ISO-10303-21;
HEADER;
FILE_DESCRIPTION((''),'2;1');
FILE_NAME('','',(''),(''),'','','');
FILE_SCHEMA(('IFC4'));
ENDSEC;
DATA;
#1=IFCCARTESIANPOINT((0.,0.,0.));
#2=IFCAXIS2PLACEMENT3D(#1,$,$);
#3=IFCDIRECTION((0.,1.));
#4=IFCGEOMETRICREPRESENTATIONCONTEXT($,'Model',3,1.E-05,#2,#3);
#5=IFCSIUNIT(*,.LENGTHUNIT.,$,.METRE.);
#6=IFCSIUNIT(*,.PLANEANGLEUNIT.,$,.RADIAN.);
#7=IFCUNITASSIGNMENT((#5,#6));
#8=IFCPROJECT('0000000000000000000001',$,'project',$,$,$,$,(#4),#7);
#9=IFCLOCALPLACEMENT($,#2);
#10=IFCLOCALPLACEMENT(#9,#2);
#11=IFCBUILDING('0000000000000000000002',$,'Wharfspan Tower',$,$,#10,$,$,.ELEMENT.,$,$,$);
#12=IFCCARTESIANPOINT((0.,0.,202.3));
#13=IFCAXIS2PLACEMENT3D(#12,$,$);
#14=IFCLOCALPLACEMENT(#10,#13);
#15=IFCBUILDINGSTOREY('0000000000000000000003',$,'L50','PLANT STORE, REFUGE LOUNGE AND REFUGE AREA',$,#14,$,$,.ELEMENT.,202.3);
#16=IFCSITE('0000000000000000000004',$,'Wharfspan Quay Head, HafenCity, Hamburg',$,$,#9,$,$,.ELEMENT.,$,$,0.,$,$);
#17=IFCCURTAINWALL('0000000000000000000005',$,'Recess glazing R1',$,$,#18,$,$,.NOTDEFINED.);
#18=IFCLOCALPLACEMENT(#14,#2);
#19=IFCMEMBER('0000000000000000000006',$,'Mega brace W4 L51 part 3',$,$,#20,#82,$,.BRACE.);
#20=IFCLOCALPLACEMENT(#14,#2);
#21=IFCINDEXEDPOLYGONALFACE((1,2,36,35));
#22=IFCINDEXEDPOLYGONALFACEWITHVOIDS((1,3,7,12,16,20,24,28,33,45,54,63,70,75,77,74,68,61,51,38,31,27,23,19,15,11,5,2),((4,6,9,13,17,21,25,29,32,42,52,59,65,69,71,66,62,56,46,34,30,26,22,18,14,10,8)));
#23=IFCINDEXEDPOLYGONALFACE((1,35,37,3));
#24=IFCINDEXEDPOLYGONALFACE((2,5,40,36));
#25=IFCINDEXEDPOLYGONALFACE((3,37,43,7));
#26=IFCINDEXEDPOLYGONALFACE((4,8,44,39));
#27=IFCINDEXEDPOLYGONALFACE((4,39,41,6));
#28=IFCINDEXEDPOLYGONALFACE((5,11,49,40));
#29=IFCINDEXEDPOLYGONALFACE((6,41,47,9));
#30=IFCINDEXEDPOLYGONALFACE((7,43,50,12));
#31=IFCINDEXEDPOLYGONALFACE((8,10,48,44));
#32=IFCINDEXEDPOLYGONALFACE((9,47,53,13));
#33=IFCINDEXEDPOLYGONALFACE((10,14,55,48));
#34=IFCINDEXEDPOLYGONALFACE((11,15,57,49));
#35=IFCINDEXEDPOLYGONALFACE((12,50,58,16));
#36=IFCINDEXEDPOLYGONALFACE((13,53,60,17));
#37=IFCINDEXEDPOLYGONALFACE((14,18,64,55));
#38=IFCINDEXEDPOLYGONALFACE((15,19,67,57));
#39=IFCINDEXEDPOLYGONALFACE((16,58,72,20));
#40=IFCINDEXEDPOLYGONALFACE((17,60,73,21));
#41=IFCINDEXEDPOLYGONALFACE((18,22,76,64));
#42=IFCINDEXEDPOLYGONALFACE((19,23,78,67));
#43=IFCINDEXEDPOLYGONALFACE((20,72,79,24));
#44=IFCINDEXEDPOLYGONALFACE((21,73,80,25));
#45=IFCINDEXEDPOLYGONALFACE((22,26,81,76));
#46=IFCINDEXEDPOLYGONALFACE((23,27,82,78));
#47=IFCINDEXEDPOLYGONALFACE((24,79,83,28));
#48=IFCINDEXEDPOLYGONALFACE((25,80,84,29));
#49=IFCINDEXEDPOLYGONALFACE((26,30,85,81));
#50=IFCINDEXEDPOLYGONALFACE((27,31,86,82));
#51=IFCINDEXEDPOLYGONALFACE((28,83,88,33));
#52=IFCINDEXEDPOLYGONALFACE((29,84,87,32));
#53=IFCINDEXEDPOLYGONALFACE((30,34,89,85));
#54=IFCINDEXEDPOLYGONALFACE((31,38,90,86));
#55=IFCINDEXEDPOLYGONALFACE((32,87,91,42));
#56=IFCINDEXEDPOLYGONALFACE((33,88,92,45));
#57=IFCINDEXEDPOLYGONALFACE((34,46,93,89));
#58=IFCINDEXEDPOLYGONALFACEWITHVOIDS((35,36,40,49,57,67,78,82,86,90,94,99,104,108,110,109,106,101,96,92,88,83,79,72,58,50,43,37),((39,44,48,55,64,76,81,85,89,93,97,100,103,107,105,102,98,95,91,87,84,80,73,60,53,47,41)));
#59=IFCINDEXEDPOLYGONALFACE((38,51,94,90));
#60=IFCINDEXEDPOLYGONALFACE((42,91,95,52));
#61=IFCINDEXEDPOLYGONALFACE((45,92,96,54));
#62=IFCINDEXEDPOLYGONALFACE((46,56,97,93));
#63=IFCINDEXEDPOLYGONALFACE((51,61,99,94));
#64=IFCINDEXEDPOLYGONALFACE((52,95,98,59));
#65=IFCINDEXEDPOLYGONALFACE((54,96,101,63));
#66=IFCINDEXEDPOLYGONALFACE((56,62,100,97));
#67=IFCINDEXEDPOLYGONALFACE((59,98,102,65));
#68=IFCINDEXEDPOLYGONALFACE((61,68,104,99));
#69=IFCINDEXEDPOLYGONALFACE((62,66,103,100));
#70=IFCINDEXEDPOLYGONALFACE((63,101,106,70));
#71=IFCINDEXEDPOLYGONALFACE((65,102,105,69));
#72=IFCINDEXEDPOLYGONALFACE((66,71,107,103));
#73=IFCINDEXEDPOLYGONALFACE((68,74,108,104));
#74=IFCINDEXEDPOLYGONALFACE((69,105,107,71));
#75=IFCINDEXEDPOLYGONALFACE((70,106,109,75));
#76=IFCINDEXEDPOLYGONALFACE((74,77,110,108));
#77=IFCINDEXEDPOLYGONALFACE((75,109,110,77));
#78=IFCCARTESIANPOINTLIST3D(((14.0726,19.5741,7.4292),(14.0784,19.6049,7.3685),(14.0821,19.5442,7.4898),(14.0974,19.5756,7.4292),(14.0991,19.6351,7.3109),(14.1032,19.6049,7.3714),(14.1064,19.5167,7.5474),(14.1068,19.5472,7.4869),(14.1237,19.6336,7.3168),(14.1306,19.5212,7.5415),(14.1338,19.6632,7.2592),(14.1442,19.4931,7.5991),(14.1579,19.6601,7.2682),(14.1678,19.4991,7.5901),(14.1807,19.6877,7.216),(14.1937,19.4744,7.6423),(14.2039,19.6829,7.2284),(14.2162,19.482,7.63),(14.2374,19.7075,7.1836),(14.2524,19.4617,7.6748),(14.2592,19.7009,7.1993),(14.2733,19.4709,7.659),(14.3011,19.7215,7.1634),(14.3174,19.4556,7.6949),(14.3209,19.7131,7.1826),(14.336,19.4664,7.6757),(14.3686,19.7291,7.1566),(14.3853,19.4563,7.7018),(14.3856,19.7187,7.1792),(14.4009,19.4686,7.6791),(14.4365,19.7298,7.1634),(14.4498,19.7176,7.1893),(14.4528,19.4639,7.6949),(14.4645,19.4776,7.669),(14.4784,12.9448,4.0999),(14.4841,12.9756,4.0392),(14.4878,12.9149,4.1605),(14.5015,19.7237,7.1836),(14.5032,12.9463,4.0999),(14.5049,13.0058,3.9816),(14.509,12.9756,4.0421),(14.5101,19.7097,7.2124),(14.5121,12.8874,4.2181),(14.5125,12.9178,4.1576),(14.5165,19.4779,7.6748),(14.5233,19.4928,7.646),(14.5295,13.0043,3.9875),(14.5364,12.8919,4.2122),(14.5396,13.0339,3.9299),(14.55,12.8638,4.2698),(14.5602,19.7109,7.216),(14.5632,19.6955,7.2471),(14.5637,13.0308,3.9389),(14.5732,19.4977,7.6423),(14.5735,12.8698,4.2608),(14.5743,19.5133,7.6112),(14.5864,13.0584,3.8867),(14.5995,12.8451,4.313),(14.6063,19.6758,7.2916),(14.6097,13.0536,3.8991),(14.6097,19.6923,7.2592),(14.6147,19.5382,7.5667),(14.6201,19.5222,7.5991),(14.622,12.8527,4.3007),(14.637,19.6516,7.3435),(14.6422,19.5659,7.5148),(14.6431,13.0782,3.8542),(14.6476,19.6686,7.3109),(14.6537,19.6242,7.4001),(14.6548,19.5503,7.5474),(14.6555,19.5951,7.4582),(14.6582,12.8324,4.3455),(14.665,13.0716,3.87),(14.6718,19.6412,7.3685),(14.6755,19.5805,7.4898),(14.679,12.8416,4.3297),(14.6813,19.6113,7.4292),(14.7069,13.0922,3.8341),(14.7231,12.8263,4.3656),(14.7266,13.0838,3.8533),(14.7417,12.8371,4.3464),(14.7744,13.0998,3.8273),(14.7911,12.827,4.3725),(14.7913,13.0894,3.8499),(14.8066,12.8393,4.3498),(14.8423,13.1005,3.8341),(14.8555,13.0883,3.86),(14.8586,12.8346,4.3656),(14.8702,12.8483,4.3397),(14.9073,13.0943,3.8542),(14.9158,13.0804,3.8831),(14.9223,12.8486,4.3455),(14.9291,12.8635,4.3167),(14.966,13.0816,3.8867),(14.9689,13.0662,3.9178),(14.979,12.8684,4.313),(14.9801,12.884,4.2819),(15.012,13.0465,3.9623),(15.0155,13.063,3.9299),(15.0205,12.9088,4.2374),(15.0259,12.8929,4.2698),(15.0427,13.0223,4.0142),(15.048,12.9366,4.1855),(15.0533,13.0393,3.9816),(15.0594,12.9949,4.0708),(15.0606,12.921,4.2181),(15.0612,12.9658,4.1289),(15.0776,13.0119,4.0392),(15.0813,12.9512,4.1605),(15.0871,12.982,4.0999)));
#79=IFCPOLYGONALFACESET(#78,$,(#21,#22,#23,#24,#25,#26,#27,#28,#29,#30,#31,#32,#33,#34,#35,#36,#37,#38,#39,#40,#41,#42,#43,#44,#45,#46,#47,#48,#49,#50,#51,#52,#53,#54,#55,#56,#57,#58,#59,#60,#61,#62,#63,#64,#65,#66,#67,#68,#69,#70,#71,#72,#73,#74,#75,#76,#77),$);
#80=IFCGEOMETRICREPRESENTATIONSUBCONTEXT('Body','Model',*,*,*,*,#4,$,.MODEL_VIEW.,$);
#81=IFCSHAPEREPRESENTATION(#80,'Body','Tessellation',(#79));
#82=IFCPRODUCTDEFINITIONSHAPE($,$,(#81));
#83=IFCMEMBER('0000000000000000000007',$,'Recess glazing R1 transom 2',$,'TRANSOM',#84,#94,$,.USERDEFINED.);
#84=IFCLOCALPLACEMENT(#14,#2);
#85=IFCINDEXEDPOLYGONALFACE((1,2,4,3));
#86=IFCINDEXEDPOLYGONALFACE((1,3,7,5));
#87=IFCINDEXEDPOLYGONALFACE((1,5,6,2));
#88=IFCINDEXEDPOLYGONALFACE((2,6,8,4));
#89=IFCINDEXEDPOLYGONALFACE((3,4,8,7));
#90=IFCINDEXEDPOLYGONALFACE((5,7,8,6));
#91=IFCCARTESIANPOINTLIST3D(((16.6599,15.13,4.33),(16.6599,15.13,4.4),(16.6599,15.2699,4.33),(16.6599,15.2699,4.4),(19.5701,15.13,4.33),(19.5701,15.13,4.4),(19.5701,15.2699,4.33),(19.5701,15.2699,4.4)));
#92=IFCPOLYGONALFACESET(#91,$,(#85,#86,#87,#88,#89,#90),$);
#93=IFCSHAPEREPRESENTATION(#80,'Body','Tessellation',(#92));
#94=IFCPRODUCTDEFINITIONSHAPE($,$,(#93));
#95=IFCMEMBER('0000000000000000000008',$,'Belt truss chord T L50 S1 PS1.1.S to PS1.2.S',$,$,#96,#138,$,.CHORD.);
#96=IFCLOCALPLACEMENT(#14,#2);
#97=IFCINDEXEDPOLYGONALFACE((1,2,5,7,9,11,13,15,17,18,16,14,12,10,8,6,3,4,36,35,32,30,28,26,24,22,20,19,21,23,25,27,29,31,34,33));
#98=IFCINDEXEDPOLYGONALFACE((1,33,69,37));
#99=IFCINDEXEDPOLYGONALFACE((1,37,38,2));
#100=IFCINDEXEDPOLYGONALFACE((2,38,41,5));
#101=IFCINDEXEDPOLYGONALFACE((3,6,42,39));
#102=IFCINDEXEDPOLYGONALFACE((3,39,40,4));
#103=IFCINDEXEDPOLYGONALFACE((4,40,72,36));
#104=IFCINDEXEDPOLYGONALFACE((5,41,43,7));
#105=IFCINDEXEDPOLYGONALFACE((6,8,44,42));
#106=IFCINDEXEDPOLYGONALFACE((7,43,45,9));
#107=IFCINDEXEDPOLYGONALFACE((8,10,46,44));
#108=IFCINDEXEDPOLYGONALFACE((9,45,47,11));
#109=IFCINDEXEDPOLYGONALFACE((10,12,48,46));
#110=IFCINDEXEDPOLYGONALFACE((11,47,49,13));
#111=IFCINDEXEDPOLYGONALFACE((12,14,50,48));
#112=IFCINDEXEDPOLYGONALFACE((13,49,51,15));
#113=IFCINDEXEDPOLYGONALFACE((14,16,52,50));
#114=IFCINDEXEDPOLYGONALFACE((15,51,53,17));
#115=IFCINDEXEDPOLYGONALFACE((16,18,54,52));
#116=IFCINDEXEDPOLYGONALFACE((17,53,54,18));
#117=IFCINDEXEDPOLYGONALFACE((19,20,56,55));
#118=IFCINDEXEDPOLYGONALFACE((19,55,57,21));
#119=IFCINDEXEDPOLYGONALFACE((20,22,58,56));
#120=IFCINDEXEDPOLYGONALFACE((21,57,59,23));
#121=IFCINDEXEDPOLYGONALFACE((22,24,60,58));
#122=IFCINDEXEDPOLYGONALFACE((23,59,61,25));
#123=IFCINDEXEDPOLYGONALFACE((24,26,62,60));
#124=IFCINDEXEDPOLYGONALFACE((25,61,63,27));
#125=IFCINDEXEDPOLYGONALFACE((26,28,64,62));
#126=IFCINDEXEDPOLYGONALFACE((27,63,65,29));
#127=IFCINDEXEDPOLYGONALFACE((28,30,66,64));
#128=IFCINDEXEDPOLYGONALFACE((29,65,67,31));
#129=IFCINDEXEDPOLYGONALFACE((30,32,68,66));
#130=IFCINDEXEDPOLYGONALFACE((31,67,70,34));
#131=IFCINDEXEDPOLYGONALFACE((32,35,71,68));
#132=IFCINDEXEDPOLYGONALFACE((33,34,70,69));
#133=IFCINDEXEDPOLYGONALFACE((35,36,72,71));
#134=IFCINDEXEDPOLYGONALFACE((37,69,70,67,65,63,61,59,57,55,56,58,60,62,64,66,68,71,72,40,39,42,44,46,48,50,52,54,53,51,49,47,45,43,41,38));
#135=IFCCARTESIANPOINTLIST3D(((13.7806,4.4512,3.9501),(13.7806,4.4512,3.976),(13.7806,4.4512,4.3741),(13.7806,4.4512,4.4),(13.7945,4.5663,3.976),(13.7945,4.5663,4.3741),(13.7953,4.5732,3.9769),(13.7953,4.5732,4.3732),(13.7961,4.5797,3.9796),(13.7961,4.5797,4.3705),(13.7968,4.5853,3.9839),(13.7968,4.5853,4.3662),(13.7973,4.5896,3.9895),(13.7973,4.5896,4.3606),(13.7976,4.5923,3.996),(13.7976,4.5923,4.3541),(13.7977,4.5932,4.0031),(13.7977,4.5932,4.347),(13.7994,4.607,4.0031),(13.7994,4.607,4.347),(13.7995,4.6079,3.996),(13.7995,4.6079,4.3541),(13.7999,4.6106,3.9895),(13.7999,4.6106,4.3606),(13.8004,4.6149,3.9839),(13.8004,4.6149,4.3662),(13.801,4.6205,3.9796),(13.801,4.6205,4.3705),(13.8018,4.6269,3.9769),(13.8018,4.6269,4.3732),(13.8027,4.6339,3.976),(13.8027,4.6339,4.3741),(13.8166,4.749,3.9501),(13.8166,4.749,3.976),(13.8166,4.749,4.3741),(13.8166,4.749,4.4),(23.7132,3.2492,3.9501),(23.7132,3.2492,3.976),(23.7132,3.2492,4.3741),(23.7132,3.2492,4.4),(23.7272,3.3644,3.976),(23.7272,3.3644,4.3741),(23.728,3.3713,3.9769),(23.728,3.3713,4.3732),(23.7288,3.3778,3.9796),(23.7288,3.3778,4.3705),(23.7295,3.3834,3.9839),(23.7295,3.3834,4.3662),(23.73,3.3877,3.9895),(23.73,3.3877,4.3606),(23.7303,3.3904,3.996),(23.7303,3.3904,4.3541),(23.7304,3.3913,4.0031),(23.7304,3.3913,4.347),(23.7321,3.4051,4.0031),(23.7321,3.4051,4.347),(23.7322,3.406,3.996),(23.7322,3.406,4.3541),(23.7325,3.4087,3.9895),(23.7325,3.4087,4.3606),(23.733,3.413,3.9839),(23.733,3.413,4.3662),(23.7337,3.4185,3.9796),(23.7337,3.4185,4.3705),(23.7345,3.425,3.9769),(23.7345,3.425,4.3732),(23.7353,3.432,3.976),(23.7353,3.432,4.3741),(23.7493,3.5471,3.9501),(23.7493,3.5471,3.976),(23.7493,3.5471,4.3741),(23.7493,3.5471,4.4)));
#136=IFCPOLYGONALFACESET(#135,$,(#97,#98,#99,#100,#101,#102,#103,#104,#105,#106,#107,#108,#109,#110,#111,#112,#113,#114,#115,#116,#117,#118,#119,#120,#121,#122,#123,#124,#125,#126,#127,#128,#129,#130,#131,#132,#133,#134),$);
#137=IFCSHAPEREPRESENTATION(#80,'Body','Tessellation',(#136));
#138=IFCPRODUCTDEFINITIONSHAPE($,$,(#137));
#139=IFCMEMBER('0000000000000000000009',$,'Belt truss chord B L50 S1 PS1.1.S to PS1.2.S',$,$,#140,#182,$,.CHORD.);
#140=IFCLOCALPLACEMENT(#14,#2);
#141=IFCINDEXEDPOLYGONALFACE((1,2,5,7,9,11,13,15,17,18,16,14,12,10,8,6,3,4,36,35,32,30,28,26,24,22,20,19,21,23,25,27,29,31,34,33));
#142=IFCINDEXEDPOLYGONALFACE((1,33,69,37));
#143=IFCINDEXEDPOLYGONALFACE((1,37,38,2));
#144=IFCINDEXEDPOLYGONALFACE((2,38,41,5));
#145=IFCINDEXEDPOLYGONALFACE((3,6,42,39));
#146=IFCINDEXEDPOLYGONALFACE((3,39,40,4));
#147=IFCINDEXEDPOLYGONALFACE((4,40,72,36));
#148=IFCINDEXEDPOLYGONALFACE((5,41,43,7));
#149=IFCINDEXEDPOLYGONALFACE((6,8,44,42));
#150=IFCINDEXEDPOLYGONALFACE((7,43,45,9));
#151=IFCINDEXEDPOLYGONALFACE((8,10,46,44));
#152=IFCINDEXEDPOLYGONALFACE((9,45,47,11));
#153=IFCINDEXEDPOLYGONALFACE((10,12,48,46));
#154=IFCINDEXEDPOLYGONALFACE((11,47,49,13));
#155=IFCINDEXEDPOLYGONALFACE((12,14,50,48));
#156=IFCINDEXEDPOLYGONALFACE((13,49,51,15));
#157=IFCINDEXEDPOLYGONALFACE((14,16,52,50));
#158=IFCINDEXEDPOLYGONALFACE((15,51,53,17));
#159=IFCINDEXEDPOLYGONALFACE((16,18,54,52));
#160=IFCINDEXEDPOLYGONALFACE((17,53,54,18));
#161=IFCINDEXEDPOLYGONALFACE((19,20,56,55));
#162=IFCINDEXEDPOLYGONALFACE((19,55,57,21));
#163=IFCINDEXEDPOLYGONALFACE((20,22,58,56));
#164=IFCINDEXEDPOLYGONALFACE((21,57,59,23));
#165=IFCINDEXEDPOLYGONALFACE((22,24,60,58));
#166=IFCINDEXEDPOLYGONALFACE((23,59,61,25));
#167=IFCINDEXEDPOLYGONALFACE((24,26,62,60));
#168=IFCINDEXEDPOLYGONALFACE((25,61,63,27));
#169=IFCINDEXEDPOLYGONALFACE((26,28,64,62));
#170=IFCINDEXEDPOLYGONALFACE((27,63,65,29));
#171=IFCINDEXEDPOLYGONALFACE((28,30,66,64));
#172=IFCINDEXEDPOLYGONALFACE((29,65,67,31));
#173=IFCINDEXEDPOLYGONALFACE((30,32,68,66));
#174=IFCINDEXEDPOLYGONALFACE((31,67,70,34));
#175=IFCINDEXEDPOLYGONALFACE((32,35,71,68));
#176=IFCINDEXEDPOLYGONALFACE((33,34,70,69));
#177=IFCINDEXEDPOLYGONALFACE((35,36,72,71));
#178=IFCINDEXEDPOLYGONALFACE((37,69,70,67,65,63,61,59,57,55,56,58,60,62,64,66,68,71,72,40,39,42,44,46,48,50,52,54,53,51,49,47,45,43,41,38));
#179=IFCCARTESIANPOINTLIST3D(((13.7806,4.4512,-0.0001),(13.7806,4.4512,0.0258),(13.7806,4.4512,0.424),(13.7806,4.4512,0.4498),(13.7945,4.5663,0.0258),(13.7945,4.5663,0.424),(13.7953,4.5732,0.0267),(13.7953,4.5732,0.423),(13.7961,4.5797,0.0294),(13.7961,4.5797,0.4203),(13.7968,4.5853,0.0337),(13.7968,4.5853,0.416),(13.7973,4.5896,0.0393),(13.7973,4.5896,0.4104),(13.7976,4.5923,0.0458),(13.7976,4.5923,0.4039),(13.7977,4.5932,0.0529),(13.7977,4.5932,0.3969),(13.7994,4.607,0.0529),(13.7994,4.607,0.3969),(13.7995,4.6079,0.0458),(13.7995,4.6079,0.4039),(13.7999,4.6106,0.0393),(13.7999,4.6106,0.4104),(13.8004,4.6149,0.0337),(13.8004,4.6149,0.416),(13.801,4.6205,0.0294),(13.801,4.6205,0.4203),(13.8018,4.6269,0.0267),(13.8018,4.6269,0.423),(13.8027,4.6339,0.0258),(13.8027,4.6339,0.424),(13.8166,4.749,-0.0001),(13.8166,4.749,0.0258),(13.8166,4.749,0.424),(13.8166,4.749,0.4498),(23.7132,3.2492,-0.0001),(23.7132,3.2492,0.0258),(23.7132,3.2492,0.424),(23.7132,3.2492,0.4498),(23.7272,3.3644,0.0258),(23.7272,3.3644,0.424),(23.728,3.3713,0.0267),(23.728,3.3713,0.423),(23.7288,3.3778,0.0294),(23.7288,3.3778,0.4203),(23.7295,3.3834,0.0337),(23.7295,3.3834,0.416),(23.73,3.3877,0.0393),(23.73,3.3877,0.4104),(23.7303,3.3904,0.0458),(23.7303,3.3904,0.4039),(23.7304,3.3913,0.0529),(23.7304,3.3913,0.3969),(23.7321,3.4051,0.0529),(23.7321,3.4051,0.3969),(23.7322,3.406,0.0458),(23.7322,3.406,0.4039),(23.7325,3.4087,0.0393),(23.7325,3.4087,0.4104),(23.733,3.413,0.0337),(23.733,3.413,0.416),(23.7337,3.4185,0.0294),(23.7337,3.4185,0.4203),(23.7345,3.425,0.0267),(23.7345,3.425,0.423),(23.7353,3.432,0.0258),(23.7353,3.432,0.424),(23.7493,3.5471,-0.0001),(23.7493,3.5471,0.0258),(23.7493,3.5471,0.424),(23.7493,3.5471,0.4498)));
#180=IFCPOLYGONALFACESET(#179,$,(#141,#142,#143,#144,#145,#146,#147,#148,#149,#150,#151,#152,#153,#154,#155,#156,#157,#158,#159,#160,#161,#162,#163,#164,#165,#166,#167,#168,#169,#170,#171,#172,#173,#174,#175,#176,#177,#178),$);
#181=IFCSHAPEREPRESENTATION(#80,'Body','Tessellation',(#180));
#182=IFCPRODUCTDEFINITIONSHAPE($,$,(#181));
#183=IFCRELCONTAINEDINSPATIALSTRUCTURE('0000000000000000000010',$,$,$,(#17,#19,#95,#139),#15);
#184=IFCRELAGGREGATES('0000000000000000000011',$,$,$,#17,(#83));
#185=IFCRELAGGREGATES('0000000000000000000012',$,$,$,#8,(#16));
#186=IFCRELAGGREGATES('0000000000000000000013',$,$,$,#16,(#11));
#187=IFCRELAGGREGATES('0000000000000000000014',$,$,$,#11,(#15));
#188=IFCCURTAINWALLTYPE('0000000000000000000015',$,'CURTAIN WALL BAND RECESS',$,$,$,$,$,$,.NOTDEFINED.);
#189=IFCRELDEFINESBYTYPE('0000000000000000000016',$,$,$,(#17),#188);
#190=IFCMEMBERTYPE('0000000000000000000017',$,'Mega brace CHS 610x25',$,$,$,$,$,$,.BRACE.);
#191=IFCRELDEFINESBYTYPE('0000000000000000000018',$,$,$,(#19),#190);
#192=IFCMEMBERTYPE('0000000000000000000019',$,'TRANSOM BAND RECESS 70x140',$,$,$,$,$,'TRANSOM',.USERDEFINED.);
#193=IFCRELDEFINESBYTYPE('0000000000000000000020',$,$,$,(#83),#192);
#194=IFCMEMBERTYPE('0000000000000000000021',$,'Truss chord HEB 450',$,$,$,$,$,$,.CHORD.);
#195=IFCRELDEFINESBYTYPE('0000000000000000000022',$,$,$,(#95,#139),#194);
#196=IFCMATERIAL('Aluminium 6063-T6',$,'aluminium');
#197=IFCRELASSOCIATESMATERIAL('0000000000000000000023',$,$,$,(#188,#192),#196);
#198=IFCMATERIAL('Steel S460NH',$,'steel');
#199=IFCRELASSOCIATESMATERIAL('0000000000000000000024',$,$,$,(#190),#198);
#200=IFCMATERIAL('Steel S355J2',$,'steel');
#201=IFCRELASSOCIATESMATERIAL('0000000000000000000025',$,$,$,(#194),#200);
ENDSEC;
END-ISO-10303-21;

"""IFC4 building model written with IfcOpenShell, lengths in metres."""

from ifc_helpers import new_model, si_unit, direction, frame, origin, origin_2d, place, context, subcontext, project, spatial, rectangle, hollow_circle, i_section, extrude, material, material_profile, profile_set, type_object, element, aggregate, save


model = new_model("IFC4")

# Units and contexts
model_context = context("Model", 3, precision=1e-05, world=origin(), true_north=direction((0.0, 1.0)))
body_context = subcontext(model_context, "Body", "Model", "MODEL_VIEW")
ifc_project = project(units=[si_unit("LENGTHUNIT", "METRE"), si_unit("PLANEANGLEUNIT", "RADIAN")], contexts=[model_context])

# Site, building, storey
site_placement = place(None, origin())
site = spatial("IfcSite", under=ifc_project, at=site_placement, Name="Wharfspan Quay Head, HafenCity, Hamburg", CompositionType="ELEMENT", RefElevation=0.0)
building_placement = place(site_placement, origin())
building = spatial("IfcBuilding", under=site, at=building_placement, Name="Wharfspan Tower", CompositionType="ELEMENT")
storey_placement = place(building_placement, frame((0.0, 0.0, 202.3)))
storey = spatial("IfcBuildingStorey", under=building, at=storey_placement, Name="L50", Description="PLANT STORE, REFUGE LOUNGE AND REFUGE AREA", CompositionType="ELEMENT", Elevation=202.3)

# Shared definitions
ifc_material_1 = material(Name="Steel S355J2", Category="steel")

# Curtain wall
ifc_material_2 = material(Name="Aluminium 6063-T6", Category="aluminium")
curtain_wall_type = type_object("IfcCurtainWallType", Name="CURTAIN WALL BAND RECESS", PredefinedType="NOTDEFINED", material=ifc_material_2)
curtain_wall_placement = place(storey_placement, origin())
curtain_wall = element("IfcCurtainWall", 1, at=curtain_wall_placement, inside=storey, type_object=curtain_wall_type, Name="Recess glazing R1", PredefinedType="NOTDEFINED")

# Members
ifc_material_3 = material(Name="Steel S460NH", Category="steel")
ifc_material_profile_1 = material_profile(ifc_material_3, hollow_circle(Radius=0.3049, WallThickness=0.0249, at=origin_2d()))
ifc_profile_set_1 = profile_set([ifc_material_profile_1], Name="Steel S460NH")
member_type_1 = type_object("IfcMemberType", Name="Mega brace CHS 610x25", PredefinedType="BRACE", material=ifc_profile_set_1)
member_1_placement = place(storey_placement, frame((14.7827, 12.9634, 4.0999), z_axis=(-0.054615, 0.892302, 0.448123), x_axis=(-0.998132, -0.061091, -0.000003)))
element("IfcMember", 2, at=member_1_placement, inside=storey, type_object=member_type_1, Name="Mega brace W4 L51 part 3", PredefinedType="BRACE", context=body_context, shape_type="SweptSolid", body=[
    extrude(hollow_circle(Radius=0.3049, WallThickness=0.0249, at=origin_2d()), origin(), (0.0, 0.0, 1.0), 7.4294),
])
ifc_material_profile_2 = material_profile(ifc_material_2, rectangle(XDim=0.1399, YDim=0.0701, at=origin_2d()))
ifc_profile_set_2 = profile_set([ifc_material_profile_2], Name="Aluminium 6063-T6")
member_type_2 = type_object("IfcMemberType", Name="TRANSOM BAND RECESS 70x140", ElementType="TRANSOM", PredefinedType="USERDEFINED", material=ifc_profile_set_2)
member_2_placement = place(storey_placement, frame((19.5701, 15.2, 4.365), z_axis=(-1.0, 0.0, 0.0), x_axis=(0.0, -1.0, 0.0)))
member_2 = element("IfcMember", 3, at=member_2_placement, type_object=member_type_2, Name="Recess glazing R1 transom 2", ObjectType="TRANSOM", PredefinedType="USERDEFINED", context=body_context, shape_type="SweptSolid", body=[
    extrude(rectangle(XDim=0.1399, YDim=0.0701, at=origin_2d()), origin(), (0.0, 0.0, 1.0), 2.9102),
])

# Members
ifc_material_profile_3 = material_profile(ifc_material_1, i_section(OverallWidth=0.3, OverallDepth=0.45, WebThickness=0.0139, FlangeThickness=0.0259, FilletRadius=0.0271, at=origin_2d()))
ifc_profile_set_3 = profile_set([ifc_material_profile_3], Name="Steel S355J2")
member_type_3 = type_object("IfcMemberType", Name="Truss chord HEB 450", PredefinedType="CHORD", material=ifc_profile_set_3)
for number, where, z_axis, x_axis, name in (
    (4, (13.7986, 4.6001, 4.175), (0.992758, -0.12013, 0.0), (0.12013, 0.992758, 0.0), "Belt truss chord T L50 S1 PS1.1.S to PS1.2.S"),
    (5, (13.7986, 4.6001, 0.2249), (0.992758, -0.12013, 0.0), (0.12013, 0.992758, 0.0), "Belt truss chord B L50 S1 PS1.1.S to PS1.2.S"),
):
    element("IfcMember", number, at=place(storey_placement, frame(where, z_axis=z_axis, x_axis=x_axis)), inside=storey, type_object=member_type_3, Name=name, PredefinedType="CHORD", context=body_context, shape_type="SweptSolid", body=[
        extrude(i_section(OverallWidth=0.3, OverallDepth=0.45, WebThickness=0.0139, FlangeThickness=0.0259, FilletRadius=0.0271, at=origin_2d()), origin(), (0.0, 0.0, 1.0), 10.0051),
    ])

aggregate(curtain_wall, [member_2])

save(model, "model.ifc")
